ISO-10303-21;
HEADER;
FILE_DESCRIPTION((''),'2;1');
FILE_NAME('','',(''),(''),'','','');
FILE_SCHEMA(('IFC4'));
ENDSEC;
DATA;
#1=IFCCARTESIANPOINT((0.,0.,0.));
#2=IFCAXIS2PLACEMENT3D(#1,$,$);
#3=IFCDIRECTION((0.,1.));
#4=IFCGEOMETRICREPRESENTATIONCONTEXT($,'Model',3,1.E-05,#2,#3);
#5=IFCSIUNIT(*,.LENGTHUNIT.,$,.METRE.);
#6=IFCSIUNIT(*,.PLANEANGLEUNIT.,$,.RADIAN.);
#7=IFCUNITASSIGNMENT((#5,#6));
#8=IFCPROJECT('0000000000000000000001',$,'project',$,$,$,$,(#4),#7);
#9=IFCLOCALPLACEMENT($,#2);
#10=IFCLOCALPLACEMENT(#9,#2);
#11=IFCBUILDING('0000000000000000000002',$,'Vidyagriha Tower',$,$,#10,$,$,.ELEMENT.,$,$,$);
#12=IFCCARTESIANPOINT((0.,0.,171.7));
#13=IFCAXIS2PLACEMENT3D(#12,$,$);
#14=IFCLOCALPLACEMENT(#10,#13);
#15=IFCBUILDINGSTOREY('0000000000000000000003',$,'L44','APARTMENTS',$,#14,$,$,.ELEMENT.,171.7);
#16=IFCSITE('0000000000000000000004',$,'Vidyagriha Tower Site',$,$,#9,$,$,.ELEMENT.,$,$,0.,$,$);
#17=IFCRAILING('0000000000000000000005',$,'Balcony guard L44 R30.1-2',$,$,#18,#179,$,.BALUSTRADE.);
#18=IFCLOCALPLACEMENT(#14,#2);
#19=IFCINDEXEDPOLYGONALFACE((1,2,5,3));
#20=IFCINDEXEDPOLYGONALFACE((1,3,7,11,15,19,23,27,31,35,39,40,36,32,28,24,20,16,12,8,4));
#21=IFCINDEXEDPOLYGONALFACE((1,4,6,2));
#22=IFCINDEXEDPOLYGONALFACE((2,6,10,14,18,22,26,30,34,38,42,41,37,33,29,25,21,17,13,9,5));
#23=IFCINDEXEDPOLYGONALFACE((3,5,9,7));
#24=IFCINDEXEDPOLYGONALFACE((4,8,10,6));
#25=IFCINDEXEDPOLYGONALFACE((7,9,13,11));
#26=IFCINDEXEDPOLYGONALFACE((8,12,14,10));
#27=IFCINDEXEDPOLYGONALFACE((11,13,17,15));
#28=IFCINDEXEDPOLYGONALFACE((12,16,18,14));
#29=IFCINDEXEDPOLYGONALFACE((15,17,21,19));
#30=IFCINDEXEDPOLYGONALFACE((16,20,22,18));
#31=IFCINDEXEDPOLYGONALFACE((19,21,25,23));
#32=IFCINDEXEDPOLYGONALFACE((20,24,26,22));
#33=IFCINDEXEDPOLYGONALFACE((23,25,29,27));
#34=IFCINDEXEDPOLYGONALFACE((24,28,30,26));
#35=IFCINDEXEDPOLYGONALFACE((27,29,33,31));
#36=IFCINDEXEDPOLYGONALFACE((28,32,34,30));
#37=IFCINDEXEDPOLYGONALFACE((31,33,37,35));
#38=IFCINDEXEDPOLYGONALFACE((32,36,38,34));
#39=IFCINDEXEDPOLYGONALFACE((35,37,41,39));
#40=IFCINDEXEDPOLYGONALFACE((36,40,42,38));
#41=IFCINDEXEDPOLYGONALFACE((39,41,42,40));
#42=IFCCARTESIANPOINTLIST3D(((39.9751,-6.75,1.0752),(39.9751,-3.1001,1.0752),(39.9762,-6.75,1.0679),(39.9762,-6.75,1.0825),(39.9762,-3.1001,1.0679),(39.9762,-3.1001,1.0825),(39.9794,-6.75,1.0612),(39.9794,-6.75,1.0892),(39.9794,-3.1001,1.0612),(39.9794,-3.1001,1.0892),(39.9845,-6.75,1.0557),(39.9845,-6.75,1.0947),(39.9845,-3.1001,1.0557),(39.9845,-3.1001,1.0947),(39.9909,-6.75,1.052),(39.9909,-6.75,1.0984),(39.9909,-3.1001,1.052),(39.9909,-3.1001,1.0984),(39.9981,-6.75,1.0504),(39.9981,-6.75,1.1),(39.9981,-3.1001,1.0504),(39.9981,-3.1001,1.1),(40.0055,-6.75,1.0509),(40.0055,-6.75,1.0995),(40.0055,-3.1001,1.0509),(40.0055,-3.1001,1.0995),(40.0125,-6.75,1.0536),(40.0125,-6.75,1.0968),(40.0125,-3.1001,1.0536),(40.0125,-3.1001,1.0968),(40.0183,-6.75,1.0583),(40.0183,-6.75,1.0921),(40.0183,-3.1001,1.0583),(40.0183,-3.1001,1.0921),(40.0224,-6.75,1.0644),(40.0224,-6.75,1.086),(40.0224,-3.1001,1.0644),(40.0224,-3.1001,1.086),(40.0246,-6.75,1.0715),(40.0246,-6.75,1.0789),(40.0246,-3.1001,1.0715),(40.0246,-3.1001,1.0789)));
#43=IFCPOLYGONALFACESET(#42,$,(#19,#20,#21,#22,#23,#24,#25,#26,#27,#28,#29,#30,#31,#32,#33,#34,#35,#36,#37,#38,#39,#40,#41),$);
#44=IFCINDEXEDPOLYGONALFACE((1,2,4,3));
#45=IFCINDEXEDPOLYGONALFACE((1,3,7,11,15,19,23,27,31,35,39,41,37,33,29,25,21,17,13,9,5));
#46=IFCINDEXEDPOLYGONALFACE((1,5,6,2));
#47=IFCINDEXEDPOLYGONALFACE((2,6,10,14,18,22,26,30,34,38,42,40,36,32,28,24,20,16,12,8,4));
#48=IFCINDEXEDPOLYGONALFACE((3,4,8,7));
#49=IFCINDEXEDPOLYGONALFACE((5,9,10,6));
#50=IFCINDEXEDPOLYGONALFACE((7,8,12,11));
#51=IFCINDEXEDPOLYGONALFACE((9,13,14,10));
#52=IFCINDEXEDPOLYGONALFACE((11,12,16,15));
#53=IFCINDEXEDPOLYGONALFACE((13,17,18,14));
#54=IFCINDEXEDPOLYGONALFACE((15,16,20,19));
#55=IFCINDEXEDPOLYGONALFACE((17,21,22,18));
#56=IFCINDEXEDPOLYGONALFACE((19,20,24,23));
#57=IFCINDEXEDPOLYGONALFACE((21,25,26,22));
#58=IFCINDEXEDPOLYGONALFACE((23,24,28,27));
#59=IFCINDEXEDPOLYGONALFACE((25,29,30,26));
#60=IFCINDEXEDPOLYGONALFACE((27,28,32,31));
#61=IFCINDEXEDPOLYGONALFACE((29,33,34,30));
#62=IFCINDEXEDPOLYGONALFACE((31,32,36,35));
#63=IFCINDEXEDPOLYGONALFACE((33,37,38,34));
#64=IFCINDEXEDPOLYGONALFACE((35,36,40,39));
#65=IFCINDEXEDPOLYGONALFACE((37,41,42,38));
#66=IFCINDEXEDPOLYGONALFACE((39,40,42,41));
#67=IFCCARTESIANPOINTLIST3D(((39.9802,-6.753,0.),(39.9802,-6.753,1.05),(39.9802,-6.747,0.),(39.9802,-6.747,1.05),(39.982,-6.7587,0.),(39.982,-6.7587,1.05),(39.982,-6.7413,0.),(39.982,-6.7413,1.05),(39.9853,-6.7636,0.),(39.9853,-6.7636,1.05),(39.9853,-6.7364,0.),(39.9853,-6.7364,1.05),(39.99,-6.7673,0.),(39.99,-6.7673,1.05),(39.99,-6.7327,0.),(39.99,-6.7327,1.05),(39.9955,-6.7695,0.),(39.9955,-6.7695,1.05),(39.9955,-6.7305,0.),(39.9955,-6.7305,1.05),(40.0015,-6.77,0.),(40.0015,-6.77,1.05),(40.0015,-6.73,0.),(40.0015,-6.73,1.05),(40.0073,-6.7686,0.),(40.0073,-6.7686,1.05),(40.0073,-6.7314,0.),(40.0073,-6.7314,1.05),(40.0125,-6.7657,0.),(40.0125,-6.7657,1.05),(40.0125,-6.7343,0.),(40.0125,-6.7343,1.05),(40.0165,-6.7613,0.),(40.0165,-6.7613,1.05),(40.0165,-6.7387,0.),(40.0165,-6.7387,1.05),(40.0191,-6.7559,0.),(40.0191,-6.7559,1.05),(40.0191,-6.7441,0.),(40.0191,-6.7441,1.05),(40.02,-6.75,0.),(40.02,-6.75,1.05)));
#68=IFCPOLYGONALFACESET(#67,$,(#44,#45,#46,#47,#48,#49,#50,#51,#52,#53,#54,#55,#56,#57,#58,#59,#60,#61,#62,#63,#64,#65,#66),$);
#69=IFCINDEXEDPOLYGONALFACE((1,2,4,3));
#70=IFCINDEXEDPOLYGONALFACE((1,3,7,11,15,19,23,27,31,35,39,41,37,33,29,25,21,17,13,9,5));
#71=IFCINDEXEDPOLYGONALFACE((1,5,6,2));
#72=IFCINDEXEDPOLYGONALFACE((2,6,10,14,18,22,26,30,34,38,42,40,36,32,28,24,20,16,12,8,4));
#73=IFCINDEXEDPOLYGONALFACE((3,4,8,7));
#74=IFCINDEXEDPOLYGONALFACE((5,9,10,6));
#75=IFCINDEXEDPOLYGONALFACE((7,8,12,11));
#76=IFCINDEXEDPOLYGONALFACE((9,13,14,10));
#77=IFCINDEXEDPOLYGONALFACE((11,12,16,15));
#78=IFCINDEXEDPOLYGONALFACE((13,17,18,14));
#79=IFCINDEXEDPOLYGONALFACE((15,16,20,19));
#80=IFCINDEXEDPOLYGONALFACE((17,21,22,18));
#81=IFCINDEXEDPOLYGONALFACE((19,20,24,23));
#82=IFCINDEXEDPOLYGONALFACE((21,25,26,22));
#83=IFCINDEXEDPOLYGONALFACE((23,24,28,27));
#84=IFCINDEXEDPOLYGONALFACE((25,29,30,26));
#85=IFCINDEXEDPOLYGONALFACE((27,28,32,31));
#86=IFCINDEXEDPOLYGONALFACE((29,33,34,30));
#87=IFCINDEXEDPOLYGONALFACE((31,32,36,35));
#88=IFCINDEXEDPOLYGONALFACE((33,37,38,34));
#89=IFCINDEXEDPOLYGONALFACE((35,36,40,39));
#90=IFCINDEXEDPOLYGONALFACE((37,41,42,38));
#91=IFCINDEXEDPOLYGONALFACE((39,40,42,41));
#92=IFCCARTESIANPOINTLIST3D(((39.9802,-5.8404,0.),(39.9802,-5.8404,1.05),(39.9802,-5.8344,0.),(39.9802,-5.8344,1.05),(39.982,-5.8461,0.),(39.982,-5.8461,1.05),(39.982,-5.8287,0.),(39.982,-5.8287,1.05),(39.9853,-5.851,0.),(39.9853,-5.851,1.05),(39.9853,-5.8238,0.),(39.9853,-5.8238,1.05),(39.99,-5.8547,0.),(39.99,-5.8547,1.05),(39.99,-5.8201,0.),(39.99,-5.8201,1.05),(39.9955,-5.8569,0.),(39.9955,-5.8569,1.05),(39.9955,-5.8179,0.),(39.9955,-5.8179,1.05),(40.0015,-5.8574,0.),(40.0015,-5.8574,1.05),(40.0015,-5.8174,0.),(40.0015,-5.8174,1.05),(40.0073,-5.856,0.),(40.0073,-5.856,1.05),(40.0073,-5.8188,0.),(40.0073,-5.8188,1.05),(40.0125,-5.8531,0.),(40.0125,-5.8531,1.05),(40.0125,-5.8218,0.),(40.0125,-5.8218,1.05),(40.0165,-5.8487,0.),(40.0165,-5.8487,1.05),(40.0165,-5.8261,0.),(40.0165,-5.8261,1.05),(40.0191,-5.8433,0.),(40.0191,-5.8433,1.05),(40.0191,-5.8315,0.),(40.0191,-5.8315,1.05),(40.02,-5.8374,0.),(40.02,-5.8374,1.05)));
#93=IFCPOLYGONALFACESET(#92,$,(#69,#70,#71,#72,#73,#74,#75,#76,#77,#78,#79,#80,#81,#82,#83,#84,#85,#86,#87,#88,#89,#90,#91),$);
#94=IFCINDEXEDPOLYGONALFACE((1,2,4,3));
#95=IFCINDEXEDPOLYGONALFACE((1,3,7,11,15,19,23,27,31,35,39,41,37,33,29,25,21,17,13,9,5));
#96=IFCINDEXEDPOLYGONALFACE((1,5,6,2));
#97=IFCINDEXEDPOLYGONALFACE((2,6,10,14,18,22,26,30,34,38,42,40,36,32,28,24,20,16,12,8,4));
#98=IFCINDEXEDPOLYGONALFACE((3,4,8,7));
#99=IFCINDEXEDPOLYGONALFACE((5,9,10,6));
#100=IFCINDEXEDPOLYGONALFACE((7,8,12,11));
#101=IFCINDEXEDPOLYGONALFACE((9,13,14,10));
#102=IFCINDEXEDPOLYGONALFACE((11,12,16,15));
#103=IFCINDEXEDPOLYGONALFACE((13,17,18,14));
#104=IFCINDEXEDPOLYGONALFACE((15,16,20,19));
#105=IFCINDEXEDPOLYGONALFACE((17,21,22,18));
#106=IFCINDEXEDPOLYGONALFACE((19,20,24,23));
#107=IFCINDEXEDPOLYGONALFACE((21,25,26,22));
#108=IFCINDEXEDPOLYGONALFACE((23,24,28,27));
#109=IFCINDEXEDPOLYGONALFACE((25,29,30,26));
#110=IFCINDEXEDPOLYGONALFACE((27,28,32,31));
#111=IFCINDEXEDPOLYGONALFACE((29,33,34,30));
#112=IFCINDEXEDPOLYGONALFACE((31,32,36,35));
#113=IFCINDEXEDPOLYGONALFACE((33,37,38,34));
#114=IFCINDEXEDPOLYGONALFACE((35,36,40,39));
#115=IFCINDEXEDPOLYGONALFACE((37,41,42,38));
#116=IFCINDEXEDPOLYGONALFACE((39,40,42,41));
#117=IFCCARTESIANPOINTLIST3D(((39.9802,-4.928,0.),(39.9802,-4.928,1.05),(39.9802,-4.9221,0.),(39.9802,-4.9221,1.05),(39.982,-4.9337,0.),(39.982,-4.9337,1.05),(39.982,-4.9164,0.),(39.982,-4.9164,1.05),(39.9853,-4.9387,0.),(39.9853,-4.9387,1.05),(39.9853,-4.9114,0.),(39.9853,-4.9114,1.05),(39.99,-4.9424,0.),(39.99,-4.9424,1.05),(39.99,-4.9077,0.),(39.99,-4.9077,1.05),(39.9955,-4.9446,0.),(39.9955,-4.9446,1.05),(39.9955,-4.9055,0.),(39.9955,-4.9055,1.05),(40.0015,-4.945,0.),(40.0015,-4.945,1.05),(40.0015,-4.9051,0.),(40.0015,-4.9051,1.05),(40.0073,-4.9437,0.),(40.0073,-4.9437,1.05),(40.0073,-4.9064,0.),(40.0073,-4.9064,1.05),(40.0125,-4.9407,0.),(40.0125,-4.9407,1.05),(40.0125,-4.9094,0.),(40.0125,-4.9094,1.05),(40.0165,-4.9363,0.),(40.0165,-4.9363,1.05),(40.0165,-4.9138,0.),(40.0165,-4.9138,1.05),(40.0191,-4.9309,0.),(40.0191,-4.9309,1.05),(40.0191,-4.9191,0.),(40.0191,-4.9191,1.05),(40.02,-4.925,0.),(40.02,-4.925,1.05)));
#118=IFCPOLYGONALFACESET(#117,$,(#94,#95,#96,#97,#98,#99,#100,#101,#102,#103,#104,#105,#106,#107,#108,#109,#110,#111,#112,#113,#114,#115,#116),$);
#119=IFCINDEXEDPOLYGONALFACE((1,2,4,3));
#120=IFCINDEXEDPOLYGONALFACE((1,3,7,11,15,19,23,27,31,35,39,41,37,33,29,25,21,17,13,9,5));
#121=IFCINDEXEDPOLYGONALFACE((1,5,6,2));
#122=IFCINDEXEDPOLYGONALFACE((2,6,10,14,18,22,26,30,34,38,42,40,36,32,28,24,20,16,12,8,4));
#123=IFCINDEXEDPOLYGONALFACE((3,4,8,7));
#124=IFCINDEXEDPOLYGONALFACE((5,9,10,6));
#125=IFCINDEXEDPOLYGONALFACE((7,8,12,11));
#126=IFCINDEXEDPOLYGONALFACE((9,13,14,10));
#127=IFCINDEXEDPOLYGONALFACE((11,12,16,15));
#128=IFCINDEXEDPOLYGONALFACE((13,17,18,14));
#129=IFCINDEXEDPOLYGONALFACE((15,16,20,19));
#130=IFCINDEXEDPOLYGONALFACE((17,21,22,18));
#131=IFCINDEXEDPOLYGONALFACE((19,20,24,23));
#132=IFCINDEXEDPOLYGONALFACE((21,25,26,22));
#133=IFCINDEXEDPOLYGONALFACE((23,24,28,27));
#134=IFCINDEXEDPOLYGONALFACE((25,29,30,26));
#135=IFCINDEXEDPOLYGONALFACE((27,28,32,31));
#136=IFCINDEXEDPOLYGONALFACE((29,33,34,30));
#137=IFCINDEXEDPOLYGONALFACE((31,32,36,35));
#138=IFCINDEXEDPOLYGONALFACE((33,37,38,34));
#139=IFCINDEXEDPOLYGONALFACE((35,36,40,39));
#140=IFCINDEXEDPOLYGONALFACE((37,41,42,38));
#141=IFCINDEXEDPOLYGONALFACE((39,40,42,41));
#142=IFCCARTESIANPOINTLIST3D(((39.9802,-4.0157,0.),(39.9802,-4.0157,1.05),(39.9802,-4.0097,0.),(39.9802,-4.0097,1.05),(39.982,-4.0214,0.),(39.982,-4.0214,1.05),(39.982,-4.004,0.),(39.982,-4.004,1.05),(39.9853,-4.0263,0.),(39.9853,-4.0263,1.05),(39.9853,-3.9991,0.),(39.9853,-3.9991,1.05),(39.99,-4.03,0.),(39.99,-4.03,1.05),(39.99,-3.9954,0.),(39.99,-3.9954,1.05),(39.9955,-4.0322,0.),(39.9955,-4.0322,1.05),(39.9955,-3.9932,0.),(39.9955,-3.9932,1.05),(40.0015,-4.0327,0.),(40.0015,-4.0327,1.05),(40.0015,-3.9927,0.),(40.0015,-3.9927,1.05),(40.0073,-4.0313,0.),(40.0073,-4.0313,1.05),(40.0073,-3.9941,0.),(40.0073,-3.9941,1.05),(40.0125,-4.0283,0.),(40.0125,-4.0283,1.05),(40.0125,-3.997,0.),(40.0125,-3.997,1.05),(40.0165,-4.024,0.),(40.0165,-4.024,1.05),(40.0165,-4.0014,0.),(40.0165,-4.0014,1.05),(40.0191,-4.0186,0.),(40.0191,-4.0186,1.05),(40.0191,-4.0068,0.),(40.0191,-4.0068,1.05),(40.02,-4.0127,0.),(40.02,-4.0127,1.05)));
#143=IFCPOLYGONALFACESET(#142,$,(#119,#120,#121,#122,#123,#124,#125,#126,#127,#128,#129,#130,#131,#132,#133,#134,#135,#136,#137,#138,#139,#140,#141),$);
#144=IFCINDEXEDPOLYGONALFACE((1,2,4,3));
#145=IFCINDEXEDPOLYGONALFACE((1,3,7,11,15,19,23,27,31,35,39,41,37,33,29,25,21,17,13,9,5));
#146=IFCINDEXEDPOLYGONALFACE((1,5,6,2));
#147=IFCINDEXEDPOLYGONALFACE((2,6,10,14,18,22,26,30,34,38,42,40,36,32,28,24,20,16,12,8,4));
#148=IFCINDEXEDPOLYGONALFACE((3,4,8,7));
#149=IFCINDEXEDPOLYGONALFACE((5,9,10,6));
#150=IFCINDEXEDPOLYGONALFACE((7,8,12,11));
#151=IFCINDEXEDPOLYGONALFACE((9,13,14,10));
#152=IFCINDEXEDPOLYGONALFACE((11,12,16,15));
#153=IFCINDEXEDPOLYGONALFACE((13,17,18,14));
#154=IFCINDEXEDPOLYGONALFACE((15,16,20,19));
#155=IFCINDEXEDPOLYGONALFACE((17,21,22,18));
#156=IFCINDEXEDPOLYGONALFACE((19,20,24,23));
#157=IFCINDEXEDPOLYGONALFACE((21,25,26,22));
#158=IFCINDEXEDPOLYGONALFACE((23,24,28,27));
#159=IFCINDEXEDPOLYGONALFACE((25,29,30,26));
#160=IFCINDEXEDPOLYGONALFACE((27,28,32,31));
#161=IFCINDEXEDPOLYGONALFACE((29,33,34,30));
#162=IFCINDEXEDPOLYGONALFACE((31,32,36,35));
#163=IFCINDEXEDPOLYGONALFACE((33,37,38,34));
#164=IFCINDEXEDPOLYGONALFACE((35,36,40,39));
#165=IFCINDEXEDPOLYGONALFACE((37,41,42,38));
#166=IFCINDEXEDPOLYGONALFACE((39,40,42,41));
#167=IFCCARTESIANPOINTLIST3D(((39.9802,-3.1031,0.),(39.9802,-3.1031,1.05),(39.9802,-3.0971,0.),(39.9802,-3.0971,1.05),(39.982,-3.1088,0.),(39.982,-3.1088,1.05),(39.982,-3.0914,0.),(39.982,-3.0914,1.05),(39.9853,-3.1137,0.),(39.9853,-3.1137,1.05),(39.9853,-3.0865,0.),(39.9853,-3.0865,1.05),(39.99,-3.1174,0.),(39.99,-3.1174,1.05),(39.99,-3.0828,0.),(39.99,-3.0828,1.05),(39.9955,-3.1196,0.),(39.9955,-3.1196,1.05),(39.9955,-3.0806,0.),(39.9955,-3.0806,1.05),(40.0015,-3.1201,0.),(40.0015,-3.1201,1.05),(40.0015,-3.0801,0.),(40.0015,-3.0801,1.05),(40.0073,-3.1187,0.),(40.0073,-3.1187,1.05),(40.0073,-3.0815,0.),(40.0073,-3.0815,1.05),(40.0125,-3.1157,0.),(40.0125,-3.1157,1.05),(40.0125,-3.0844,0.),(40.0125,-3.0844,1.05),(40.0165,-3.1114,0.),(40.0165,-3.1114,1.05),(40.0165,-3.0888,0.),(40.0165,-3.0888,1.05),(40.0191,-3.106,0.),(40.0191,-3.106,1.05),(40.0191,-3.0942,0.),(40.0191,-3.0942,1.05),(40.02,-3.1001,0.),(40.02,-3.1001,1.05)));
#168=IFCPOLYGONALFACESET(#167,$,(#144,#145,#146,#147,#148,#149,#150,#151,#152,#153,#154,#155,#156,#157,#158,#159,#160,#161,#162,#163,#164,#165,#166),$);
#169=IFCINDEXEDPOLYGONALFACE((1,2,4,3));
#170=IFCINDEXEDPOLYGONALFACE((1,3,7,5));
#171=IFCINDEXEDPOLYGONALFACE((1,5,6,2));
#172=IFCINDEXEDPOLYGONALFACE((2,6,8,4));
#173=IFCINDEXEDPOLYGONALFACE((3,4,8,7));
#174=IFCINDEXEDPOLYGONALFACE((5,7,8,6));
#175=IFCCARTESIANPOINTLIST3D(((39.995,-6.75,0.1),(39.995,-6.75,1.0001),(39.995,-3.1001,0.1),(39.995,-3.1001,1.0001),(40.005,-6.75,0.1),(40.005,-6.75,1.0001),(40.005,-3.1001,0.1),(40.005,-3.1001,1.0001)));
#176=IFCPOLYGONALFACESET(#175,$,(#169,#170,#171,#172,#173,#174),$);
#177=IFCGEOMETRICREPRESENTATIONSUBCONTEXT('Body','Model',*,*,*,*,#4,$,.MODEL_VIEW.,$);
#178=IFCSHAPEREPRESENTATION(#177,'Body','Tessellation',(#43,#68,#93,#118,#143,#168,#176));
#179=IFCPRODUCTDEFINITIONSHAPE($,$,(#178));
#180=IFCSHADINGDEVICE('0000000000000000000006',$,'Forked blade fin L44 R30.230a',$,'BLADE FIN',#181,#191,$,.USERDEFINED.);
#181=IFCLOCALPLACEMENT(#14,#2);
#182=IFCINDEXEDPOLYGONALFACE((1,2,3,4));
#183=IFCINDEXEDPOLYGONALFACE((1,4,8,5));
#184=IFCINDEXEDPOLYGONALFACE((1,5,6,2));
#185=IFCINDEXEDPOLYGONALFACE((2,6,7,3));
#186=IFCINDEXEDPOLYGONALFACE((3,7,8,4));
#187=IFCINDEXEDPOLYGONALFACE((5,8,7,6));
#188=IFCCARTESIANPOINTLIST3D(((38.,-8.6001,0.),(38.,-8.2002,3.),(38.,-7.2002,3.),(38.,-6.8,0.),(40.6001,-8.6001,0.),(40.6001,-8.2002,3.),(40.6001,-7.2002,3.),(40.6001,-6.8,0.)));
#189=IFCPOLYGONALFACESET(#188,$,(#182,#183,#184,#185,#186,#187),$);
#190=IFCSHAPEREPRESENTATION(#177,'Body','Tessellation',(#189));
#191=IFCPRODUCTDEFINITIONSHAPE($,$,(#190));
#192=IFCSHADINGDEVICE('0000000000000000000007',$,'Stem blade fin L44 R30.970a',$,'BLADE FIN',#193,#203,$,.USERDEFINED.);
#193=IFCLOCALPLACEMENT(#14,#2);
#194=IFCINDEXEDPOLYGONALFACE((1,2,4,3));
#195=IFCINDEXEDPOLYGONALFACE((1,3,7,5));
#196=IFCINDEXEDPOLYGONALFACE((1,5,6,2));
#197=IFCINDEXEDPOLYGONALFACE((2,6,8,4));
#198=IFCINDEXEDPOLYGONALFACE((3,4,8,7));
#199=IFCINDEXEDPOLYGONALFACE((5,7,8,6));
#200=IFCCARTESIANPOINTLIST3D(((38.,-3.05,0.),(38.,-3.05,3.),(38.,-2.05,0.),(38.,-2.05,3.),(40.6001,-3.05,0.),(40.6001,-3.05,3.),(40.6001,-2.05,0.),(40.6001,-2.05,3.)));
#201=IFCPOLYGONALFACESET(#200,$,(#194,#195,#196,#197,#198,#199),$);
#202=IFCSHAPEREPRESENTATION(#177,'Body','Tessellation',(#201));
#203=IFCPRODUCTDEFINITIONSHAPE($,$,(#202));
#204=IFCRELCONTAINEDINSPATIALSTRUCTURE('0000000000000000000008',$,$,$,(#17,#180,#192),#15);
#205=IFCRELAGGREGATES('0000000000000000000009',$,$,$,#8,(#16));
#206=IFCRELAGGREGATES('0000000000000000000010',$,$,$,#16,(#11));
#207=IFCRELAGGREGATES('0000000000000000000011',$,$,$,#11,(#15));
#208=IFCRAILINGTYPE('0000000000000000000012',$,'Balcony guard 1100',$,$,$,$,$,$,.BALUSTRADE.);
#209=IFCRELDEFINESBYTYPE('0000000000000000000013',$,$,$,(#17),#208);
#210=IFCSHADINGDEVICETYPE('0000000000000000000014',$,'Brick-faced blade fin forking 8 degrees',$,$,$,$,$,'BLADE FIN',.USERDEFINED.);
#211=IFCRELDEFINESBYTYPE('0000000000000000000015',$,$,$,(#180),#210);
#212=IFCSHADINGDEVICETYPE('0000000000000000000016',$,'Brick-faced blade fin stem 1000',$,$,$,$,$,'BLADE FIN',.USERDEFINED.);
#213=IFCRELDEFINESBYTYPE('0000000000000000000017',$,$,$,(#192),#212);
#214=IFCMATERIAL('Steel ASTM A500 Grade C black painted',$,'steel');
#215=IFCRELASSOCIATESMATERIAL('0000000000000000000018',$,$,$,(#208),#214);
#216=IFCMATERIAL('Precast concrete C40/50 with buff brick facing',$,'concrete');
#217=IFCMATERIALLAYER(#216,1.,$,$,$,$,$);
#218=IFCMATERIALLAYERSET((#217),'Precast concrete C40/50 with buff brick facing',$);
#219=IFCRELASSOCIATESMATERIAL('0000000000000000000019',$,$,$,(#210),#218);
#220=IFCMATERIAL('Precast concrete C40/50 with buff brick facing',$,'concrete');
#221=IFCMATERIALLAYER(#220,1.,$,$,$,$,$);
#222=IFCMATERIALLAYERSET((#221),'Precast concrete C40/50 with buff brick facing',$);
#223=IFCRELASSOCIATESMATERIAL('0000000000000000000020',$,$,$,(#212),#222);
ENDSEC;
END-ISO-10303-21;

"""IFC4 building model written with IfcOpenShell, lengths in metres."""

from ifc_helpers import new_model, si_unit, direction, frame, origin, origin_2d, place, context, subcontext, project, spatial, polyline, rectangle, circle, outline, extrude, material, layer, layer_set, type_object, element, save


model = new_model("IFC4")

# Units and contexts
model_context = context("Model", 3, precision=1e-05, world=origin(), true_north=direction((0.0, 1.0)))
body_context = subcontext(model_context, "Body", "Model", "MODEL_VIEW")
ifc_project = project(units=[si_unit("LENGTHUNIT", "METRE"), si_unit("PLANEANGLEUNIT", "RADIAN")], contexts=[model_context])

# Site, building, storey
site_placement = place(None, origin())
site = spatial("IfcSite", under=ifc_project, at=site_placement, Name="Vidyagriha Tower Site", CompositionType="ELEMENT", RefElevation=0.0)
building_placement = place(site_placement, origin())
building = spatial("IfcBuilding", under=site, at=building_placement, Name="Vidyagriha Tower", CompositionType="ELEMENT")
storey_placement = place(building_placement, frame((0.0, 0.0, 171.7)))
storey = spatial("IfcBuildingStorey", under=building, at=storey_placement, Name="L44", Description="APARTMENTS", CompositionType="ELEMENT", Elevation=171.7)

# Railing
ifc_material_1 = material(Name="Steel ASTM A500 Grade C black painted", Category="steel")
railing_type = type_object("IfcRailingType", Name="Balcony guard 1100", PredefinedType="BALUSTRADE", material=ifc_material_1)
railing_1_placement = place(storey_placement, frame((40.0, -6.75, 0.0)))
element("IfcRailing", 1, at=railing_1_placement, inside=storey, type_object=railing_type, Name="Balcony guard L44 R30.1-2", PredefinedType="BALUSTRADE", context=body_context, shape_type="SweptSolid", body=[
    extrude(circle(Radius=0.0249, at=origin_2d()), frame((0.0, 0.0, 1.0752), z_axis=(0.0, 1.0, 0.0), x_axis=(-1.0, 0.0, 0.0)), (0.0, 0.0, 1.0), 3.6499),
    extrude(circle(Radius=0.02, at=origin_2d()), origin(), (0.0, 0.0, 1.0), 1.05),
    extrude(circle(Radius=0.02, at=origin_2d()), frame((0.0, 0.9126, 0.0)), (0.0, 0.0, 1.0), 1.05),
    extrude(circle(Radius=0.02, at=origin_2d()), frame((0.0, 1.825, 0.0)), (0.0, 0.0, 1.0), 1.05),
    extrude(circle(Radius=0.02, at=origin_2d()), frame((0.0, 2.7373, 0.0)), (0.0, 0.0, 1.0), 1.05),
    extrude(circle(Radius=0.02, at=origin_2d()), frame((0.0, 3.6499, 0.0)), (0.0, 0.0, 1.0), 1.05),
    extrude(rectangle(XDim=0.01, YDim=0.9001, at=origin_2d()), frame((0.0, 0.0, 0.55), z_axis=(0.0, 1.0, 0.0), x_axis=(-1.0, 0.0, 0.0)), (0.0, 0.0, 1.0), 3.6499),
])

# Shading devices
ifc_material_2 = material(Name="Precast concrete C40/50 with buff brick facing", Category="concrete")
ifc_layer_1 = layer(ifc_material_2, 1.0)
ifc_layer_set_1 = layer_set([ifc_layer_1], Name="Precast concrete C40/50 with buff brick facing")
shading_device_type_1 = type_object("IfcShadingDeviceType", Name="Brick-faced blade fin forking 8 degrees", ElementType="BLADE FIN", PredefinedType="USERDEFINED", material=ifc_layer_set_1)
shading_device_1_placement = place(storey_placement, frame((39.3, -8.6001, 0.0), z_axis=(0.0, 0.0, 1.0), x_axis=(0.0, 1.0, 0.0)))
element("IfcShadingDevice", 2, at=shading_device_1_placement, inside=storey, type_object=shading_device_type_1, Name="Forked blade fin L44 R30.230a", ObjectType="BLADE FIN", PredefinedType="USERDEFINED", context=body_context, shape_type="SweptSolid", body=[
    extrude(outline(polyline([(0.0, 0.0), (1.8, 0.0), (1.3999, 3.0), (0.3999, 3.0), (0.0, 0.0)])), frame((0.0, 1.3, 0.0), z_axis=(0.0, -1.0, 0.0), x_axis=(1.0, 0.0, 0.0)), (0.0, 0.0, 1.0), 2.6001),
])
ifc_material_3 = material(Name="Precast concrete C40/50 with buff brick facing", Category="concrete")
ifc_layer_2 = layer(ifc_material_3, 1.0)
ifc_layer_set_2 = layer_set([ifc_layer_2], Name="Precast concrete C40/50 with buff brick facing")
shading_device_type_2 = type_object("IfcShadingDeviceType", Name="Brick-faced blade fin stem 1000", ElementType="BLADE FIN", PredefinedType="USERDEFINED", material=ifc_layer_set_2)
shading_device_2_placement = place(storey_placement, frame((39.3, -3.05, 0.0), z_axis=(0.0, 0.0, 1.0), x_axis=(0.0, 1.0, 0.0)))
element("IfcShadingDevice", 3, at=shading_device_2_placement, inside=storey, type_object=shading_device_type_2, Name="Stem blade fin L44 R30.970a", ObjectType="BLADE FIN", PredefinedType="USERDEFINED", context=body_context, shape_type="SweptSolid", body=[
    extrude(outline(polyline([(0.0, 0.0), (1.0, 0.0), (1.0, 3.0), (0.0, 3.0), (0.0, 0.0)])), frame((0.0, 1.3, 0.0), z_axis=(0.0, -1.0, 0.0), x_axis=(1.0, 0.0, 0.0)), (0.0, 0.0, 1.0), 2.6001),
])

save(model, "model.ifc")
